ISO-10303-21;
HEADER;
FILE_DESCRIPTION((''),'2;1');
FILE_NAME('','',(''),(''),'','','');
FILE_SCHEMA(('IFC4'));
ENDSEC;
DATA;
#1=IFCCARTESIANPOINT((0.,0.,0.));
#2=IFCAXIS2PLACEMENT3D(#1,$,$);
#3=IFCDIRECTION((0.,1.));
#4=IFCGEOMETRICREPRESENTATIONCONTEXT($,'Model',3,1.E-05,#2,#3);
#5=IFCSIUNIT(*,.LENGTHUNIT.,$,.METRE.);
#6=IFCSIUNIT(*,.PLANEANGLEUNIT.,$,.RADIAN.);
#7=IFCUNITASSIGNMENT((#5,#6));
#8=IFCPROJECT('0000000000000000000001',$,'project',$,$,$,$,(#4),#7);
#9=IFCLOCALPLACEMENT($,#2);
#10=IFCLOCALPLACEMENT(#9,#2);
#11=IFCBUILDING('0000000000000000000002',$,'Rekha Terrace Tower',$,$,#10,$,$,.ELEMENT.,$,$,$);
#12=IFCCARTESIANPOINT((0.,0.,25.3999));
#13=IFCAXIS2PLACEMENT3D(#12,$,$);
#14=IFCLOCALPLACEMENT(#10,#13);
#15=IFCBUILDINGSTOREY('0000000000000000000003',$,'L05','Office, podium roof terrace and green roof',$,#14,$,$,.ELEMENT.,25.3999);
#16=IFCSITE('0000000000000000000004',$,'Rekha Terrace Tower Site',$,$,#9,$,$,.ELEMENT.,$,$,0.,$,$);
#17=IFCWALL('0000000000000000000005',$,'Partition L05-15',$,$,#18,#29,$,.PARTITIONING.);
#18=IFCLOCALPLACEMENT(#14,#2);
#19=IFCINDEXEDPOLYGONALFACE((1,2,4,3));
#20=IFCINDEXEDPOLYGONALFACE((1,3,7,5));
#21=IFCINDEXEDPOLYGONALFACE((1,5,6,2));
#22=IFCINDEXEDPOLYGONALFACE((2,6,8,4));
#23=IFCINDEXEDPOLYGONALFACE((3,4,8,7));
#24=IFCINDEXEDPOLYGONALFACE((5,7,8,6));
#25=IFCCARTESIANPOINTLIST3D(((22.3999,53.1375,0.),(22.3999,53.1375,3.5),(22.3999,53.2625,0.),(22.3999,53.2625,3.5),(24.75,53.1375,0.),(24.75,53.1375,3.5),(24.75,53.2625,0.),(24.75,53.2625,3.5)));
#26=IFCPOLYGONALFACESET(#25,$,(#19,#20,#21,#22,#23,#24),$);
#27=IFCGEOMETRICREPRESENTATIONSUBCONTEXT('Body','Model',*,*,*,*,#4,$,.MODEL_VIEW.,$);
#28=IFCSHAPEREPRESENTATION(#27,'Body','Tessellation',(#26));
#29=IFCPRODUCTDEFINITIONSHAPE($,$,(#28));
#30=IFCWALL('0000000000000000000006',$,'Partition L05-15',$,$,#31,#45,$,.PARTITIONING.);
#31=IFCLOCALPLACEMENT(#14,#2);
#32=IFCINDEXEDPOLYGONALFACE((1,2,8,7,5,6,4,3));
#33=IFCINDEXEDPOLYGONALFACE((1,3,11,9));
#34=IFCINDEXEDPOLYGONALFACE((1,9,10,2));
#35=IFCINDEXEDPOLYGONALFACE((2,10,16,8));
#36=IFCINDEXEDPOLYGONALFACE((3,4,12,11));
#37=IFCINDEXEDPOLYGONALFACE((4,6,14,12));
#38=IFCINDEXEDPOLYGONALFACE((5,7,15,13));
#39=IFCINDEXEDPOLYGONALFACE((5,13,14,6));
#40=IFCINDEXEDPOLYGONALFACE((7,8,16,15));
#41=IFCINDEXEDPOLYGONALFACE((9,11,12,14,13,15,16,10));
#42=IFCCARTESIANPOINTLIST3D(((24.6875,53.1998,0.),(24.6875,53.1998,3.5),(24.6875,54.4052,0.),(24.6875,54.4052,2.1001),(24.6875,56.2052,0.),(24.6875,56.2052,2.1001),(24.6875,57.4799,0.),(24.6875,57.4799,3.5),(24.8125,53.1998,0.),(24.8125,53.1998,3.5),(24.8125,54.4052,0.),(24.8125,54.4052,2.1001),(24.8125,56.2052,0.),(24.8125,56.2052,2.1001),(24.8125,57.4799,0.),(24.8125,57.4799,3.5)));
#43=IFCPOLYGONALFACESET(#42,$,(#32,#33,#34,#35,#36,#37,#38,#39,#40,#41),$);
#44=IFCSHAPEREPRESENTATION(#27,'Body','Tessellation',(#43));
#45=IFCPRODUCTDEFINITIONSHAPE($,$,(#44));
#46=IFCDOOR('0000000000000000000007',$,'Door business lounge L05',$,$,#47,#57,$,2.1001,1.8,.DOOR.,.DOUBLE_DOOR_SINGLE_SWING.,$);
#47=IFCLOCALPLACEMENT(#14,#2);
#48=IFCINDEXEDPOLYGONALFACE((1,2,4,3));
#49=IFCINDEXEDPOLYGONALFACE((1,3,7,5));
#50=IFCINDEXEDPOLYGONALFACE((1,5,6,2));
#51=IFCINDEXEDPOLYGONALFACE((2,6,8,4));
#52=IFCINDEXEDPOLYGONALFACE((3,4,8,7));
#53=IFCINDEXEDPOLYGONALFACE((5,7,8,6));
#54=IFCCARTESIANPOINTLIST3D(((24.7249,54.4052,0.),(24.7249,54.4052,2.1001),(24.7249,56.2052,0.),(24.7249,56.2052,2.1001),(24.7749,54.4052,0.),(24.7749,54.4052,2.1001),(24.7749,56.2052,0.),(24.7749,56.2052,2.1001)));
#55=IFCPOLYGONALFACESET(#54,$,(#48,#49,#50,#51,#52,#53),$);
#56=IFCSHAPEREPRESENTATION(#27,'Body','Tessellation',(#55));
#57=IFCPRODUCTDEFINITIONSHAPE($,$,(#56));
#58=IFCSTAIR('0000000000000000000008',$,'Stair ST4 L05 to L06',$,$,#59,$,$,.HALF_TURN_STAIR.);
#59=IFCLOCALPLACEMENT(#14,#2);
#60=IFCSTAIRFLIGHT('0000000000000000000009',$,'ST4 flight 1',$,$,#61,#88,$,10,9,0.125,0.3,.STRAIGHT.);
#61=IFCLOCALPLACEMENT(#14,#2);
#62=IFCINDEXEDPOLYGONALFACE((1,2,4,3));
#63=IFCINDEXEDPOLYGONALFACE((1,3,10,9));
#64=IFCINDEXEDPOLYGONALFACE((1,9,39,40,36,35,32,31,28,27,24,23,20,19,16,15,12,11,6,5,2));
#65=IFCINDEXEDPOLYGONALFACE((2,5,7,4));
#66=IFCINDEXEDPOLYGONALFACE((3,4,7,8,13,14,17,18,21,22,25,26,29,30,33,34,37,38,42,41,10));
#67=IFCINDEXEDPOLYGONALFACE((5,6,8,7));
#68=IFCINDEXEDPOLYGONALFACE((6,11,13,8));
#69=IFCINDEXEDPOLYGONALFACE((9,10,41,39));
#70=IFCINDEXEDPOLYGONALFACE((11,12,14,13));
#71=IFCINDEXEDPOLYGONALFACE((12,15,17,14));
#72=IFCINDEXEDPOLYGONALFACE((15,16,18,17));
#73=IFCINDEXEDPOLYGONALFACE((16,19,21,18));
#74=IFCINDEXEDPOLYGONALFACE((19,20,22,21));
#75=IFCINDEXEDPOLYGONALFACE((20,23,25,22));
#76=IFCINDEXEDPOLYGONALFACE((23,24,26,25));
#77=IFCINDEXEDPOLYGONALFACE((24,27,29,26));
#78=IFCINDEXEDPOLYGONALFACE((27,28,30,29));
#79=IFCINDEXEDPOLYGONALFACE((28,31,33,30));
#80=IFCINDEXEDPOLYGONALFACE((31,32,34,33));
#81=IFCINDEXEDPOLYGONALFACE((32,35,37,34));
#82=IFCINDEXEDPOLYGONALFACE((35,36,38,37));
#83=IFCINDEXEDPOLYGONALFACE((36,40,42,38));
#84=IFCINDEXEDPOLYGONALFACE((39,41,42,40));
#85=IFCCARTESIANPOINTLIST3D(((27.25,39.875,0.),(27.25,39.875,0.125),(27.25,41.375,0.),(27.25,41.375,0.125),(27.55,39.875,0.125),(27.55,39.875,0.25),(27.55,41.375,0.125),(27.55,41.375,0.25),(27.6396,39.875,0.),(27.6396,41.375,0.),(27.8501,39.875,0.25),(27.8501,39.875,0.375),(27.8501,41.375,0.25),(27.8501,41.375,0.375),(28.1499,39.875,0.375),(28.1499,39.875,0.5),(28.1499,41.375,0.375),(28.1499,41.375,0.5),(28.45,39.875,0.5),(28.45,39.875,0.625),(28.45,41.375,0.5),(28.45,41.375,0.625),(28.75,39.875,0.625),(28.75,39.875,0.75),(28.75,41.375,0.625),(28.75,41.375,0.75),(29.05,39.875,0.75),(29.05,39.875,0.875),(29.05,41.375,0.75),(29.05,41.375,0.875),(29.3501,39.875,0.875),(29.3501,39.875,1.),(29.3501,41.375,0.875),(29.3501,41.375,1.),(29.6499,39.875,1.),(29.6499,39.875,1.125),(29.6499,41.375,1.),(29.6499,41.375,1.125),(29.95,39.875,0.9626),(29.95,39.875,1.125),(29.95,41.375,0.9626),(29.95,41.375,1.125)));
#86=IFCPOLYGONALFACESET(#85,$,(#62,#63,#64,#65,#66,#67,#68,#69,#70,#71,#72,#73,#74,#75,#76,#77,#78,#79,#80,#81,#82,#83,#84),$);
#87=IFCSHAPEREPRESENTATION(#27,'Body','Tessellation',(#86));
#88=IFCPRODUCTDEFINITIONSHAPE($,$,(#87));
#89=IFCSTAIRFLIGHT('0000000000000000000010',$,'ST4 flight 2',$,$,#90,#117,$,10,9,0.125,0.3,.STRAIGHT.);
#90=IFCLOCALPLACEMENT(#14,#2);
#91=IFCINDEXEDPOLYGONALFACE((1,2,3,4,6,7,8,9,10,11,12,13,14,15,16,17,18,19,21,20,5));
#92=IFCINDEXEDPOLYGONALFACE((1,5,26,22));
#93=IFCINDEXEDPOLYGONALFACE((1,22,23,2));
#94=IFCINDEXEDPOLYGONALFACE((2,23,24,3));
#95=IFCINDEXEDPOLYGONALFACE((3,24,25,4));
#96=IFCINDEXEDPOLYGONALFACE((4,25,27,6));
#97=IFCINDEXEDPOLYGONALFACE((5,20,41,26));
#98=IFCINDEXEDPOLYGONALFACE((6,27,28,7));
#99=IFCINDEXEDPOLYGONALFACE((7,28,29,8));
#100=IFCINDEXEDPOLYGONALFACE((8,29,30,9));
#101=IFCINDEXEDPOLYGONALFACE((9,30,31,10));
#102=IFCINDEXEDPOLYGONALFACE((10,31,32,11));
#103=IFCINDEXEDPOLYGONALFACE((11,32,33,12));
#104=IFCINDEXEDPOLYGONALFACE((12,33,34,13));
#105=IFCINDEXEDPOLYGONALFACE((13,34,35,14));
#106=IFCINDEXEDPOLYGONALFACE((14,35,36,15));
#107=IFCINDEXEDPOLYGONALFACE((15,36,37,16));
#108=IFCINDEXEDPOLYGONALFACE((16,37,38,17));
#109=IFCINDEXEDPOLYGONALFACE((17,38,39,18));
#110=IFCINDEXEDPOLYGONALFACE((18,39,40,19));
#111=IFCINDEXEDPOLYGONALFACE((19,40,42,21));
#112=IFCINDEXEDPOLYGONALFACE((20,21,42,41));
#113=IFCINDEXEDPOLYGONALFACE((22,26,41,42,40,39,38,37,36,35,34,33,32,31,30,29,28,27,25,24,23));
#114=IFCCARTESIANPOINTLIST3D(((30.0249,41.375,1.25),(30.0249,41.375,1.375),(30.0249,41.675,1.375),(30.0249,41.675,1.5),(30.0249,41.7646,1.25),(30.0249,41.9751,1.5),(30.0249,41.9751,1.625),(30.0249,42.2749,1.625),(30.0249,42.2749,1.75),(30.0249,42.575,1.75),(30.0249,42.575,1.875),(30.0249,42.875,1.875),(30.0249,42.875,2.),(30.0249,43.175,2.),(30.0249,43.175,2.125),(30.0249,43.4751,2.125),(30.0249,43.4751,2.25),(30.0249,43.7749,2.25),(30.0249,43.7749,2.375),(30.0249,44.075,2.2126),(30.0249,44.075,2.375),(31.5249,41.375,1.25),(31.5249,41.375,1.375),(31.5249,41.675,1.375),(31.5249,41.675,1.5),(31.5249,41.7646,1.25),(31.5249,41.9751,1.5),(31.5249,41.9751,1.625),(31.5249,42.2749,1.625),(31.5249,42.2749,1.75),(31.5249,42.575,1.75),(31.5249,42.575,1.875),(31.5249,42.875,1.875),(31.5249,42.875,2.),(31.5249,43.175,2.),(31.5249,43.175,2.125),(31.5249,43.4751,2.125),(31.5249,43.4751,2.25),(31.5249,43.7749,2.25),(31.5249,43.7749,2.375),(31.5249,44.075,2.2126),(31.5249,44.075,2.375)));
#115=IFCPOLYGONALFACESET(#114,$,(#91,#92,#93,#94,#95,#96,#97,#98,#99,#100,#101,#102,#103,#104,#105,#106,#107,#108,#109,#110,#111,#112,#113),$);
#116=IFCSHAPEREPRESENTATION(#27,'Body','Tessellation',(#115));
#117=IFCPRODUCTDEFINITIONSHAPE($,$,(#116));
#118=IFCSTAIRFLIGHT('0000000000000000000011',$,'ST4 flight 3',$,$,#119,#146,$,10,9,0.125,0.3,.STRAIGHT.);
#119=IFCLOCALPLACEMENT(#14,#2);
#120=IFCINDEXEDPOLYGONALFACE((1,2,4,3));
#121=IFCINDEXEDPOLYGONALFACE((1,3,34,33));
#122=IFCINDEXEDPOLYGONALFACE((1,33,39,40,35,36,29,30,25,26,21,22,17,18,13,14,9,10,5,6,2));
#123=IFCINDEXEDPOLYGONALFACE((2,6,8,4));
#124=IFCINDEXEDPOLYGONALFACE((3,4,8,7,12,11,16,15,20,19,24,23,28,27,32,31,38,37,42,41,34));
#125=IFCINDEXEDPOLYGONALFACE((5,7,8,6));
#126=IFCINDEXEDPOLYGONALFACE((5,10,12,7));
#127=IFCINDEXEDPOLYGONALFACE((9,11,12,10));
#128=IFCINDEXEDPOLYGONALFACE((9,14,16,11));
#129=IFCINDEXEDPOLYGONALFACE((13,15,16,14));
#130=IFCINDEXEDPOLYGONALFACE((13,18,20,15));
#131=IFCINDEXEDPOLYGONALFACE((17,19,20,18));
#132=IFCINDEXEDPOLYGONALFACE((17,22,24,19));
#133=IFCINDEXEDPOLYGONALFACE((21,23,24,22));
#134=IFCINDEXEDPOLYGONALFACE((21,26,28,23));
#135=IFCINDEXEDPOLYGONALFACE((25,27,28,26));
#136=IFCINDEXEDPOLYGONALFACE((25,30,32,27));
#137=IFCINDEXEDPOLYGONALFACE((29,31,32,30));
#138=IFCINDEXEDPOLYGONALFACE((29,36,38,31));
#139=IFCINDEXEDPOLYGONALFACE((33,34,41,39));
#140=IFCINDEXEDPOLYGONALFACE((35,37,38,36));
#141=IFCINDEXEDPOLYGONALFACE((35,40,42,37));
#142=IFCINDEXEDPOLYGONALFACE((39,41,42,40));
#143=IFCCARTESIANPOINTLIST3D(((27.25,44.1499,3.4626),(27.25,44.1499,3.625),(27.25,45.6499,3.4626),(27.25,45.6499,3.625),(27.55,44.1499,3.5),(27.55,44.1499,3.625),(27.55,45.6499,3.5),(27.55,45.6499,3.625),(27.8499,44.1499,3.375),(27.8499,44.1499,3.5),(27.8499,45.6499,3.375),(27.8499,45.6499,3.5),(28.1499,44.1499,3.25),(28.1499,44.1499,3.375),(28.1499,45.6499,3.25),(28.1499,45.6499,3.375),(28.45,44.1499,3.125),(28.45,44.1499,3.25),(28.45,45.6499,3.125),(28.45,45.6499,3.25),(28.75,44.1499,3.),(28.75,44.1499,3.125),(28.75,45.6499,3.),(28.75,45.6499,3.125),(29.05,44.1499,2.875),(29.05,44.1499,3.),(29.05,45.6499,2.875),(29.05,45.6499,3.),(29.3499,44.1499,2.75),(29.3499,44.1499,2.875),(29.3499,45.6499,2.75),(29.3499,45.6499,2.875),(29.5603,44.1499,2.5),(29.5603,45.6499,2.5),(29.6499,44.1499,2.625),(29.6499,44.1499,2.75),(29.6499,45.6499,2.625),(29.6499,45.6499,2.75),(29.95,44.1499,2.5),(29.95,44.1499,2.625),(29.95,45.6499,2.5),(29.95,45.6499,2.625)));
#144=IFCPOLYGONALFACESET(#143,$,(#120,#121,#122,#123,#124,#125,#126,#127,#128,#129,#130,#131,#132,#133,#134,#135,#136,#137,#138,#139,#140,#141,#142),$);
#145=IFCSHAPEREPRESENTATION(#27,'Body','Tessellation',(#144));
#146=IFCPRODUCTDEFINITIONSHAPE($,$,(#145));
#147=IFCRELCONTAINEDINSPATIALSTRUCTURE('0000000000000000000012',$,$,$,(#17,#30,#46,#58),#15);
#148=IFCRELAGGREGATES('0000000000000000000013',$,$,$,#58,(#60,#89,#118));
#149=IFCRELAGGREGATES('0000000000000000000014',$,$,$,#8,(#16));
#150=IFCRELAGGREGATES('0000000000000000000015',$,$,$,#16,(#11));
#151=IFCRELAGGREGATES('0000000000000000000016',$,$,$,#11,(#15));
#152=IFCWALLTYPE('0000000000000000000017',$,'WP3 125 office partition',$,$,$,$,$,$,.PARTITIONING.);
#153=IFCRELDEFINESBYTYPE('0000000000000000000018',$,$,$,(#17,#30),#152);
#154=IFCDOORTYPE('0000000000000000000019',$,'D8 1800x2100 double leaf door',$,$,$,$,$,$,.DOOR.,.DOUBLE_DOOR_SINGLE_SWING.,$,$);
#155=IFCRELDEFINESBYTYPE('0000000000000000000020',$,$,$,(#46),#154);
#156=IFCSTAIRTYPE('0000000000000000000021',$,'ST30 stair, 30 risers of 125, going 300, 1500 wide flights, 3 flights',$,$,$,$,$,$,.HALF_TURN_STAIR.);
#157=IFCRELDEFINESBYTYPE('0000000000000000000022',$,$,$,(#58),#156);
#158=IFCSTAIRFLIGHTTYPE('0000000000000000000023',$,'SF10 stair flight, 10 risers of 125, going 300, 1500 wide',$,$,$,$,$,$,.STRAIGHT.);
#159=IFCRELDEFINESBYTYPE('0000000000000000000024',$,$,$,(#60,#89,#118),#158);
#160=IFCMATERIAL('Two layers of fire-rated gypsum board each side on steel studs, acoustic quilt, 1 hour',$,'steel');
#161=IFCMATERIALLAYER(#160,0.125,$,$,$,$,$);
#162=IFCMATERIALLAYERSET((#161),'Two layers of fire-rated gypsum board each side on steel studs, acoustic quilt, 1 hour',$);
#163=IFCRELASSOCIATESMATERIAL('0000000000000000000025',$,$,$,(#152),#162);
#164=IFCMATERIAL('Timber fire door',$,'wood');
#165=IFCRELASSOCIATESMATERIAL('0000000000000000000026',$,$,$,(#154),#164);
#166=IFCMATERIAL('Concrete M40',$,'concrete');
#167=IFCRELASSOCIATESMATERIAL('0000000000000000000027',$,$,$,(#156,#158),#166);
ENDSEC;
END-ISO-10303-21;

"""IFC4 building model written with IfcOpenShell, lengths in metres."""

from ifc_helpers import new_model, si_unit, direction, frame, frame_2d, origin, place, context, subcontext, project, spatial, polyline, rectangle, outline, extrude, material, layer, layer_set, type_object, element, fill, aggregate, save


model = new_model("IFC4")

# Units and contexts
model_context = context("Model", 3, precision=1e-05, world=origin(), true_north=direction((0.0, 1.0)))
body_context = subcontext(model_context, "Body", "Model", "MODEL_VIEW")
ifc_project = project(units=[si_unit("LENGTHUNIT", "METRE"), si_unit("PLANEANGLEUNIT", "RADIAN")], contexts=[model_context])

# Site, building, storey
site_placement = place(None, origin())
site = spatial("IfcSite", under=ifc_project, at=site_placement, Name="Rekha Terrace Tower Site", CompositionType="ELEMENT", RefElevation=0.0)
building_placement = place(site_placement, origin())
building = spatial("IfcBuilding", under=site, at=building_placement, Name="Rekha Terrace Tower", CompositionType="ELEMENT")
storey_placement = place(building_placement, frame((0.0, 0.0, 25.3999)))
storey = spatial("IfcBuildingStorey", under=building, at=storey_placement, Name="L05", Description="Office, podium roof terrace and green roof", CompositionType="ELEMENT", Elevation=25.3999)

# Wall
ifc_material_1 = material(Name="Two layers of fire-rated gypsum board each side on steel studs, acoustic quilt, 1 hour", Category="steel")
ifc_layer_1 = layer(ifc_material_1, 0.125)
ifc_layer_set_1 = layer_set([ifc_layer_1], Name="Two layers of fire-rated gypsum board each side on steel studs, acoustic quilt, 1 hour")
wall_type_1 = type_object("IfcWallType", Name="WP3 125 office partition", PredefinedType="PARTITIONING", material=ifc_layer_set_1)
wall_1_placement = place(storey_placement, frame((24.75, 53.2, 0.0), z_axis=(0.0, 0.0, 1.0), x_axis=(-1.0, 0.0, 0.0)))
element("IfcWall", 1, at=wall_1_placement, inside=storey, type_object=wall_type_1, Name="Partition L05-15", PredefinedType="PARTITIONING", context=body_context, shape_type="SweptSolid", body=[
    extrude(rectangle(XDim=2.3501, YDim=0.125, at=frame_2d((1.175, 0.0))), origin(), (0.0, 0.0, 1.0), 3.5),
])

# Wall, opening, door
wall_2_placement = place(storey_placement, frame((24.75, 57.48, 0.0), z_axis=(0.0, 0.0, 1.0), x_axis=(0.0, -1.0, 0.0)))
wall_2 = element("IfcWall", 2, at=wall_2_placement, inside=storey, type_object=wall_type_1, Name="Partition L05-15", PredefinedType="PARTITIONING", context=body_context, shape_type="SweptSolid", body=[
    extrude(rectangle(XDim=4.28, YDim=0.125, at=frame_2d((2.1401, 0.0))), origin(), (0.0, 0.0, 1.0), 3.5),
])
opening_1_placement = place(wall_2_placement, frame((1.2749, 0.0, 0.0)))
opening_1 = element("IfcOpeningElement", 3, at=opening_1_placement, cuts=wall_2, PredefinedType="OPENING", context=body_context, shape_type="SweptSolid", body=[
    extrude(rectangle(XDim=1.8, YDim=2.1001, at=frame_2d((0.8999, 1.05))), frame((0.0, 0.0725, 0.0), z_axis=(0.0, -1.0, 0.0), x_axis=(1.0, 0.0, 0.0)), (0.0, 0.0, 1.0), 0.145),
])
ifc_material_2 = material(Name="Timber fire door", Category="wood")
door_type_1 = type_object("IfcDoorType", Name="D8 1800x2100 double leaf door", OperationType="DOUBLE_DOOR_SINGLE_SWING", PredefinedType="DOOR", material=ifc_material_2)
door_1_placement = place(opening_1_placement, origin())
door_1 = element("IfcDoor", 4, at=door_1_placement, inside=storey, type_object=door_type_1, Name="Door business lounge L05", OperationType="DOUBLE_DOOR_SINGLE_SWING", OverallHeight=2.1001, OverallWidth=1.8, PredefinedType="DOOR", context=body_context, shape_type="SweptSolid", body=[
    extrude(rectangle(XDim=1.8, YDim=2.1001, at=frame_2d((0.8999, 1.05))), frame((0.0, 0.0249, 0.0), z_axis=(0.0, -1.0, 0.0), x_axis=(1.0, 0.0, 0.0)), (0.0, 0.0, 1.0), 0.05),
])
fill(opening_1, door_1)

# Stair, stair flights
ifc_material_3 = material(Name="Concrete M40", Category="concrete")
stair_type = type_object("IfcStairType", Name="ST30 stair, 30 risers of 125, going 300, 1500 wide flights, 3 flights", PredefinedType="HALF_TURN_STAIR", material=ifc_material_3)
stair_placement = place(storey_placement, origin())
stair = element("IfcStair", 5, at=stair_placement, inside=storey, type_object=stair_type, Name="Stair ST4 L05 to L06", PredefinedType="HALF_TURN_STAIR")
stair_flight_type = type_object("IfcStairFlightType", Name="SF10 stair flight, 10 risers of 125, going 300, 1500 wide", PredefinedType="STRAIGHT", material=ifc_material_3)
stair_flight_1_placement = place(storey_placement, frame((27.25, 40.625, 0.0), z_axis=(0.0, 0.0, 1.0), x_axis=(1.0, 0.0, 0.0)))
stair_flight_1 = element("IfcStairFlight", 6, at=stair_flight_1_placement, type_object=stair_flight_type, Name="ST4 flight 1", NumberOfRisers=10, NumberOfTreads=9, PredefinedType="STRAIGHT", RiserHeight=0.125, TreadLength=0.3, context=body_context, shape_type="SweptSolid", body=[
    extrude(outline(polyline([(0.0, 0.0), (0.0, 0.125), (0.3, 0.125), (0.3, 0.25), (0.6001, 0.25), (0.6001, 0.375), (0.8999, 0.375), (0.8999, 0.5), (1.2, 0.5), (1.2, 0.625), (1.5, 0.625), (1.5, 0.75), (1.8, 0.75), (1.8, 0.875), (2.1001, 0.875), (2.1001, 1.0), (2.3999, 1.0), (2.3999, 1.125), (2.7, 1.125), (2.7, 1.25), (2.7, 0.9626), (0.3896, 0.0), (0.0, 0.0)])), frame((0.0, 0.75, 0.0), z_axis=(0.0, -1.0, 0.0), x_axis=(1.0, 0.0, 0.0)), (0.0, 0.0, 1.0), 1.5),
])
stair_flight_2_placement = place(storey_placement, frame((30.7749, 41.375, 1.25), z_axis=(0.0, 0.0, 1.0), x_axis=(0.0, 1.0, 0.0)))
stair_flight_2 = element("IfcStairFlight", 7, at=stair_flight_2_placement, type_object=stair_flight_type, Name="ST4 flight 2", NumberOfRisers=10, NumberOfTreads=9, PredefinedType="STRAIGHT", RiserHeight=0.125, TreadLength=0.3, context=body_context, shape_type="SweptSolid", body=[
    extrude(outline(polyline([(0.0, 0.0), (0.0, 0.125), (0.3, 0.125), (0.3, 0.25), (0.6001, 0.25), (0.6001, 0.375), (0.8999, 0.375), (0.8999, 0.5), (1.2, 0.5), (1.2, 0.625), (1.5, 0.625), (1.5, 0.75), (1.8, 0.75), (1.8, 0.875), (2.1001, 0.875), (2.1001, 1.0), (2.3999, 1.0), (2.3999, 1.125), (2.7, 1.125), (2.7, 1.25), (2.7, 0.9626), (0.3896, 0.0), (0.0, 0.0)])), frame((0.0, 0.75, 0.0), z_axis=(0.0, -1.0, 0.0), x_axis=(1.0, 0.0, 0.0)), (0.0, 0.0, 1.0), 1.5),
])
stair_flight_3_placement = place(storey_placement, frame((29.95, 44.8999, 2.5), z_axis=(0.0, 0.0, 1.0), x_axis=(-1.0, 0.0, 0.0)))
stair_flight_3 = element("IfcStairFlight", 8, at=stair_flight_3_placement, type_object=stair_flight_type, Name="ST4 flight 3", NumberOfRisers=10, NumberOfTreads=9, PredefinedType="STRAIGHT", RiserHeight=0.125, TreadLength=0.3, context=body_context, shape_type="SweptSolid", body=[
    extrude(outline(polyline([(0.0, 0.0), (0.0, 0.125), (0.3, 0.125), (0.3, 0.25), (0.6001, 0.25), (0.6001, 0.375), (0.8999, 0.375), (0.8999, 0.5), (1.2, 0.5), (1.2, 0.625), (1.5, 0.625), (1.5, 0.75), (1.8, 0.75), (1.8, 0.875), (2.1001, 0.875), (2.1001, 1.0), (2.3999, 1.0), (2.3999, 1.125), (2.7, 1.125), (2.7, 1.25), (2.7, 0.9626), (0.3896, 0.0), (0.0, 0.0)])), frame((0.0, 0.75, 0.0), z_axis=(0.0, -1.0, 0.0), x_axis=(1.0, 0.0, 0.0)), (0.0, 0.0, 1.0), 1.5),
])
aggregate(stair, [stair_flight_1, stair_flight_2, stair_flight_3])

save(model, "model.ifc")
